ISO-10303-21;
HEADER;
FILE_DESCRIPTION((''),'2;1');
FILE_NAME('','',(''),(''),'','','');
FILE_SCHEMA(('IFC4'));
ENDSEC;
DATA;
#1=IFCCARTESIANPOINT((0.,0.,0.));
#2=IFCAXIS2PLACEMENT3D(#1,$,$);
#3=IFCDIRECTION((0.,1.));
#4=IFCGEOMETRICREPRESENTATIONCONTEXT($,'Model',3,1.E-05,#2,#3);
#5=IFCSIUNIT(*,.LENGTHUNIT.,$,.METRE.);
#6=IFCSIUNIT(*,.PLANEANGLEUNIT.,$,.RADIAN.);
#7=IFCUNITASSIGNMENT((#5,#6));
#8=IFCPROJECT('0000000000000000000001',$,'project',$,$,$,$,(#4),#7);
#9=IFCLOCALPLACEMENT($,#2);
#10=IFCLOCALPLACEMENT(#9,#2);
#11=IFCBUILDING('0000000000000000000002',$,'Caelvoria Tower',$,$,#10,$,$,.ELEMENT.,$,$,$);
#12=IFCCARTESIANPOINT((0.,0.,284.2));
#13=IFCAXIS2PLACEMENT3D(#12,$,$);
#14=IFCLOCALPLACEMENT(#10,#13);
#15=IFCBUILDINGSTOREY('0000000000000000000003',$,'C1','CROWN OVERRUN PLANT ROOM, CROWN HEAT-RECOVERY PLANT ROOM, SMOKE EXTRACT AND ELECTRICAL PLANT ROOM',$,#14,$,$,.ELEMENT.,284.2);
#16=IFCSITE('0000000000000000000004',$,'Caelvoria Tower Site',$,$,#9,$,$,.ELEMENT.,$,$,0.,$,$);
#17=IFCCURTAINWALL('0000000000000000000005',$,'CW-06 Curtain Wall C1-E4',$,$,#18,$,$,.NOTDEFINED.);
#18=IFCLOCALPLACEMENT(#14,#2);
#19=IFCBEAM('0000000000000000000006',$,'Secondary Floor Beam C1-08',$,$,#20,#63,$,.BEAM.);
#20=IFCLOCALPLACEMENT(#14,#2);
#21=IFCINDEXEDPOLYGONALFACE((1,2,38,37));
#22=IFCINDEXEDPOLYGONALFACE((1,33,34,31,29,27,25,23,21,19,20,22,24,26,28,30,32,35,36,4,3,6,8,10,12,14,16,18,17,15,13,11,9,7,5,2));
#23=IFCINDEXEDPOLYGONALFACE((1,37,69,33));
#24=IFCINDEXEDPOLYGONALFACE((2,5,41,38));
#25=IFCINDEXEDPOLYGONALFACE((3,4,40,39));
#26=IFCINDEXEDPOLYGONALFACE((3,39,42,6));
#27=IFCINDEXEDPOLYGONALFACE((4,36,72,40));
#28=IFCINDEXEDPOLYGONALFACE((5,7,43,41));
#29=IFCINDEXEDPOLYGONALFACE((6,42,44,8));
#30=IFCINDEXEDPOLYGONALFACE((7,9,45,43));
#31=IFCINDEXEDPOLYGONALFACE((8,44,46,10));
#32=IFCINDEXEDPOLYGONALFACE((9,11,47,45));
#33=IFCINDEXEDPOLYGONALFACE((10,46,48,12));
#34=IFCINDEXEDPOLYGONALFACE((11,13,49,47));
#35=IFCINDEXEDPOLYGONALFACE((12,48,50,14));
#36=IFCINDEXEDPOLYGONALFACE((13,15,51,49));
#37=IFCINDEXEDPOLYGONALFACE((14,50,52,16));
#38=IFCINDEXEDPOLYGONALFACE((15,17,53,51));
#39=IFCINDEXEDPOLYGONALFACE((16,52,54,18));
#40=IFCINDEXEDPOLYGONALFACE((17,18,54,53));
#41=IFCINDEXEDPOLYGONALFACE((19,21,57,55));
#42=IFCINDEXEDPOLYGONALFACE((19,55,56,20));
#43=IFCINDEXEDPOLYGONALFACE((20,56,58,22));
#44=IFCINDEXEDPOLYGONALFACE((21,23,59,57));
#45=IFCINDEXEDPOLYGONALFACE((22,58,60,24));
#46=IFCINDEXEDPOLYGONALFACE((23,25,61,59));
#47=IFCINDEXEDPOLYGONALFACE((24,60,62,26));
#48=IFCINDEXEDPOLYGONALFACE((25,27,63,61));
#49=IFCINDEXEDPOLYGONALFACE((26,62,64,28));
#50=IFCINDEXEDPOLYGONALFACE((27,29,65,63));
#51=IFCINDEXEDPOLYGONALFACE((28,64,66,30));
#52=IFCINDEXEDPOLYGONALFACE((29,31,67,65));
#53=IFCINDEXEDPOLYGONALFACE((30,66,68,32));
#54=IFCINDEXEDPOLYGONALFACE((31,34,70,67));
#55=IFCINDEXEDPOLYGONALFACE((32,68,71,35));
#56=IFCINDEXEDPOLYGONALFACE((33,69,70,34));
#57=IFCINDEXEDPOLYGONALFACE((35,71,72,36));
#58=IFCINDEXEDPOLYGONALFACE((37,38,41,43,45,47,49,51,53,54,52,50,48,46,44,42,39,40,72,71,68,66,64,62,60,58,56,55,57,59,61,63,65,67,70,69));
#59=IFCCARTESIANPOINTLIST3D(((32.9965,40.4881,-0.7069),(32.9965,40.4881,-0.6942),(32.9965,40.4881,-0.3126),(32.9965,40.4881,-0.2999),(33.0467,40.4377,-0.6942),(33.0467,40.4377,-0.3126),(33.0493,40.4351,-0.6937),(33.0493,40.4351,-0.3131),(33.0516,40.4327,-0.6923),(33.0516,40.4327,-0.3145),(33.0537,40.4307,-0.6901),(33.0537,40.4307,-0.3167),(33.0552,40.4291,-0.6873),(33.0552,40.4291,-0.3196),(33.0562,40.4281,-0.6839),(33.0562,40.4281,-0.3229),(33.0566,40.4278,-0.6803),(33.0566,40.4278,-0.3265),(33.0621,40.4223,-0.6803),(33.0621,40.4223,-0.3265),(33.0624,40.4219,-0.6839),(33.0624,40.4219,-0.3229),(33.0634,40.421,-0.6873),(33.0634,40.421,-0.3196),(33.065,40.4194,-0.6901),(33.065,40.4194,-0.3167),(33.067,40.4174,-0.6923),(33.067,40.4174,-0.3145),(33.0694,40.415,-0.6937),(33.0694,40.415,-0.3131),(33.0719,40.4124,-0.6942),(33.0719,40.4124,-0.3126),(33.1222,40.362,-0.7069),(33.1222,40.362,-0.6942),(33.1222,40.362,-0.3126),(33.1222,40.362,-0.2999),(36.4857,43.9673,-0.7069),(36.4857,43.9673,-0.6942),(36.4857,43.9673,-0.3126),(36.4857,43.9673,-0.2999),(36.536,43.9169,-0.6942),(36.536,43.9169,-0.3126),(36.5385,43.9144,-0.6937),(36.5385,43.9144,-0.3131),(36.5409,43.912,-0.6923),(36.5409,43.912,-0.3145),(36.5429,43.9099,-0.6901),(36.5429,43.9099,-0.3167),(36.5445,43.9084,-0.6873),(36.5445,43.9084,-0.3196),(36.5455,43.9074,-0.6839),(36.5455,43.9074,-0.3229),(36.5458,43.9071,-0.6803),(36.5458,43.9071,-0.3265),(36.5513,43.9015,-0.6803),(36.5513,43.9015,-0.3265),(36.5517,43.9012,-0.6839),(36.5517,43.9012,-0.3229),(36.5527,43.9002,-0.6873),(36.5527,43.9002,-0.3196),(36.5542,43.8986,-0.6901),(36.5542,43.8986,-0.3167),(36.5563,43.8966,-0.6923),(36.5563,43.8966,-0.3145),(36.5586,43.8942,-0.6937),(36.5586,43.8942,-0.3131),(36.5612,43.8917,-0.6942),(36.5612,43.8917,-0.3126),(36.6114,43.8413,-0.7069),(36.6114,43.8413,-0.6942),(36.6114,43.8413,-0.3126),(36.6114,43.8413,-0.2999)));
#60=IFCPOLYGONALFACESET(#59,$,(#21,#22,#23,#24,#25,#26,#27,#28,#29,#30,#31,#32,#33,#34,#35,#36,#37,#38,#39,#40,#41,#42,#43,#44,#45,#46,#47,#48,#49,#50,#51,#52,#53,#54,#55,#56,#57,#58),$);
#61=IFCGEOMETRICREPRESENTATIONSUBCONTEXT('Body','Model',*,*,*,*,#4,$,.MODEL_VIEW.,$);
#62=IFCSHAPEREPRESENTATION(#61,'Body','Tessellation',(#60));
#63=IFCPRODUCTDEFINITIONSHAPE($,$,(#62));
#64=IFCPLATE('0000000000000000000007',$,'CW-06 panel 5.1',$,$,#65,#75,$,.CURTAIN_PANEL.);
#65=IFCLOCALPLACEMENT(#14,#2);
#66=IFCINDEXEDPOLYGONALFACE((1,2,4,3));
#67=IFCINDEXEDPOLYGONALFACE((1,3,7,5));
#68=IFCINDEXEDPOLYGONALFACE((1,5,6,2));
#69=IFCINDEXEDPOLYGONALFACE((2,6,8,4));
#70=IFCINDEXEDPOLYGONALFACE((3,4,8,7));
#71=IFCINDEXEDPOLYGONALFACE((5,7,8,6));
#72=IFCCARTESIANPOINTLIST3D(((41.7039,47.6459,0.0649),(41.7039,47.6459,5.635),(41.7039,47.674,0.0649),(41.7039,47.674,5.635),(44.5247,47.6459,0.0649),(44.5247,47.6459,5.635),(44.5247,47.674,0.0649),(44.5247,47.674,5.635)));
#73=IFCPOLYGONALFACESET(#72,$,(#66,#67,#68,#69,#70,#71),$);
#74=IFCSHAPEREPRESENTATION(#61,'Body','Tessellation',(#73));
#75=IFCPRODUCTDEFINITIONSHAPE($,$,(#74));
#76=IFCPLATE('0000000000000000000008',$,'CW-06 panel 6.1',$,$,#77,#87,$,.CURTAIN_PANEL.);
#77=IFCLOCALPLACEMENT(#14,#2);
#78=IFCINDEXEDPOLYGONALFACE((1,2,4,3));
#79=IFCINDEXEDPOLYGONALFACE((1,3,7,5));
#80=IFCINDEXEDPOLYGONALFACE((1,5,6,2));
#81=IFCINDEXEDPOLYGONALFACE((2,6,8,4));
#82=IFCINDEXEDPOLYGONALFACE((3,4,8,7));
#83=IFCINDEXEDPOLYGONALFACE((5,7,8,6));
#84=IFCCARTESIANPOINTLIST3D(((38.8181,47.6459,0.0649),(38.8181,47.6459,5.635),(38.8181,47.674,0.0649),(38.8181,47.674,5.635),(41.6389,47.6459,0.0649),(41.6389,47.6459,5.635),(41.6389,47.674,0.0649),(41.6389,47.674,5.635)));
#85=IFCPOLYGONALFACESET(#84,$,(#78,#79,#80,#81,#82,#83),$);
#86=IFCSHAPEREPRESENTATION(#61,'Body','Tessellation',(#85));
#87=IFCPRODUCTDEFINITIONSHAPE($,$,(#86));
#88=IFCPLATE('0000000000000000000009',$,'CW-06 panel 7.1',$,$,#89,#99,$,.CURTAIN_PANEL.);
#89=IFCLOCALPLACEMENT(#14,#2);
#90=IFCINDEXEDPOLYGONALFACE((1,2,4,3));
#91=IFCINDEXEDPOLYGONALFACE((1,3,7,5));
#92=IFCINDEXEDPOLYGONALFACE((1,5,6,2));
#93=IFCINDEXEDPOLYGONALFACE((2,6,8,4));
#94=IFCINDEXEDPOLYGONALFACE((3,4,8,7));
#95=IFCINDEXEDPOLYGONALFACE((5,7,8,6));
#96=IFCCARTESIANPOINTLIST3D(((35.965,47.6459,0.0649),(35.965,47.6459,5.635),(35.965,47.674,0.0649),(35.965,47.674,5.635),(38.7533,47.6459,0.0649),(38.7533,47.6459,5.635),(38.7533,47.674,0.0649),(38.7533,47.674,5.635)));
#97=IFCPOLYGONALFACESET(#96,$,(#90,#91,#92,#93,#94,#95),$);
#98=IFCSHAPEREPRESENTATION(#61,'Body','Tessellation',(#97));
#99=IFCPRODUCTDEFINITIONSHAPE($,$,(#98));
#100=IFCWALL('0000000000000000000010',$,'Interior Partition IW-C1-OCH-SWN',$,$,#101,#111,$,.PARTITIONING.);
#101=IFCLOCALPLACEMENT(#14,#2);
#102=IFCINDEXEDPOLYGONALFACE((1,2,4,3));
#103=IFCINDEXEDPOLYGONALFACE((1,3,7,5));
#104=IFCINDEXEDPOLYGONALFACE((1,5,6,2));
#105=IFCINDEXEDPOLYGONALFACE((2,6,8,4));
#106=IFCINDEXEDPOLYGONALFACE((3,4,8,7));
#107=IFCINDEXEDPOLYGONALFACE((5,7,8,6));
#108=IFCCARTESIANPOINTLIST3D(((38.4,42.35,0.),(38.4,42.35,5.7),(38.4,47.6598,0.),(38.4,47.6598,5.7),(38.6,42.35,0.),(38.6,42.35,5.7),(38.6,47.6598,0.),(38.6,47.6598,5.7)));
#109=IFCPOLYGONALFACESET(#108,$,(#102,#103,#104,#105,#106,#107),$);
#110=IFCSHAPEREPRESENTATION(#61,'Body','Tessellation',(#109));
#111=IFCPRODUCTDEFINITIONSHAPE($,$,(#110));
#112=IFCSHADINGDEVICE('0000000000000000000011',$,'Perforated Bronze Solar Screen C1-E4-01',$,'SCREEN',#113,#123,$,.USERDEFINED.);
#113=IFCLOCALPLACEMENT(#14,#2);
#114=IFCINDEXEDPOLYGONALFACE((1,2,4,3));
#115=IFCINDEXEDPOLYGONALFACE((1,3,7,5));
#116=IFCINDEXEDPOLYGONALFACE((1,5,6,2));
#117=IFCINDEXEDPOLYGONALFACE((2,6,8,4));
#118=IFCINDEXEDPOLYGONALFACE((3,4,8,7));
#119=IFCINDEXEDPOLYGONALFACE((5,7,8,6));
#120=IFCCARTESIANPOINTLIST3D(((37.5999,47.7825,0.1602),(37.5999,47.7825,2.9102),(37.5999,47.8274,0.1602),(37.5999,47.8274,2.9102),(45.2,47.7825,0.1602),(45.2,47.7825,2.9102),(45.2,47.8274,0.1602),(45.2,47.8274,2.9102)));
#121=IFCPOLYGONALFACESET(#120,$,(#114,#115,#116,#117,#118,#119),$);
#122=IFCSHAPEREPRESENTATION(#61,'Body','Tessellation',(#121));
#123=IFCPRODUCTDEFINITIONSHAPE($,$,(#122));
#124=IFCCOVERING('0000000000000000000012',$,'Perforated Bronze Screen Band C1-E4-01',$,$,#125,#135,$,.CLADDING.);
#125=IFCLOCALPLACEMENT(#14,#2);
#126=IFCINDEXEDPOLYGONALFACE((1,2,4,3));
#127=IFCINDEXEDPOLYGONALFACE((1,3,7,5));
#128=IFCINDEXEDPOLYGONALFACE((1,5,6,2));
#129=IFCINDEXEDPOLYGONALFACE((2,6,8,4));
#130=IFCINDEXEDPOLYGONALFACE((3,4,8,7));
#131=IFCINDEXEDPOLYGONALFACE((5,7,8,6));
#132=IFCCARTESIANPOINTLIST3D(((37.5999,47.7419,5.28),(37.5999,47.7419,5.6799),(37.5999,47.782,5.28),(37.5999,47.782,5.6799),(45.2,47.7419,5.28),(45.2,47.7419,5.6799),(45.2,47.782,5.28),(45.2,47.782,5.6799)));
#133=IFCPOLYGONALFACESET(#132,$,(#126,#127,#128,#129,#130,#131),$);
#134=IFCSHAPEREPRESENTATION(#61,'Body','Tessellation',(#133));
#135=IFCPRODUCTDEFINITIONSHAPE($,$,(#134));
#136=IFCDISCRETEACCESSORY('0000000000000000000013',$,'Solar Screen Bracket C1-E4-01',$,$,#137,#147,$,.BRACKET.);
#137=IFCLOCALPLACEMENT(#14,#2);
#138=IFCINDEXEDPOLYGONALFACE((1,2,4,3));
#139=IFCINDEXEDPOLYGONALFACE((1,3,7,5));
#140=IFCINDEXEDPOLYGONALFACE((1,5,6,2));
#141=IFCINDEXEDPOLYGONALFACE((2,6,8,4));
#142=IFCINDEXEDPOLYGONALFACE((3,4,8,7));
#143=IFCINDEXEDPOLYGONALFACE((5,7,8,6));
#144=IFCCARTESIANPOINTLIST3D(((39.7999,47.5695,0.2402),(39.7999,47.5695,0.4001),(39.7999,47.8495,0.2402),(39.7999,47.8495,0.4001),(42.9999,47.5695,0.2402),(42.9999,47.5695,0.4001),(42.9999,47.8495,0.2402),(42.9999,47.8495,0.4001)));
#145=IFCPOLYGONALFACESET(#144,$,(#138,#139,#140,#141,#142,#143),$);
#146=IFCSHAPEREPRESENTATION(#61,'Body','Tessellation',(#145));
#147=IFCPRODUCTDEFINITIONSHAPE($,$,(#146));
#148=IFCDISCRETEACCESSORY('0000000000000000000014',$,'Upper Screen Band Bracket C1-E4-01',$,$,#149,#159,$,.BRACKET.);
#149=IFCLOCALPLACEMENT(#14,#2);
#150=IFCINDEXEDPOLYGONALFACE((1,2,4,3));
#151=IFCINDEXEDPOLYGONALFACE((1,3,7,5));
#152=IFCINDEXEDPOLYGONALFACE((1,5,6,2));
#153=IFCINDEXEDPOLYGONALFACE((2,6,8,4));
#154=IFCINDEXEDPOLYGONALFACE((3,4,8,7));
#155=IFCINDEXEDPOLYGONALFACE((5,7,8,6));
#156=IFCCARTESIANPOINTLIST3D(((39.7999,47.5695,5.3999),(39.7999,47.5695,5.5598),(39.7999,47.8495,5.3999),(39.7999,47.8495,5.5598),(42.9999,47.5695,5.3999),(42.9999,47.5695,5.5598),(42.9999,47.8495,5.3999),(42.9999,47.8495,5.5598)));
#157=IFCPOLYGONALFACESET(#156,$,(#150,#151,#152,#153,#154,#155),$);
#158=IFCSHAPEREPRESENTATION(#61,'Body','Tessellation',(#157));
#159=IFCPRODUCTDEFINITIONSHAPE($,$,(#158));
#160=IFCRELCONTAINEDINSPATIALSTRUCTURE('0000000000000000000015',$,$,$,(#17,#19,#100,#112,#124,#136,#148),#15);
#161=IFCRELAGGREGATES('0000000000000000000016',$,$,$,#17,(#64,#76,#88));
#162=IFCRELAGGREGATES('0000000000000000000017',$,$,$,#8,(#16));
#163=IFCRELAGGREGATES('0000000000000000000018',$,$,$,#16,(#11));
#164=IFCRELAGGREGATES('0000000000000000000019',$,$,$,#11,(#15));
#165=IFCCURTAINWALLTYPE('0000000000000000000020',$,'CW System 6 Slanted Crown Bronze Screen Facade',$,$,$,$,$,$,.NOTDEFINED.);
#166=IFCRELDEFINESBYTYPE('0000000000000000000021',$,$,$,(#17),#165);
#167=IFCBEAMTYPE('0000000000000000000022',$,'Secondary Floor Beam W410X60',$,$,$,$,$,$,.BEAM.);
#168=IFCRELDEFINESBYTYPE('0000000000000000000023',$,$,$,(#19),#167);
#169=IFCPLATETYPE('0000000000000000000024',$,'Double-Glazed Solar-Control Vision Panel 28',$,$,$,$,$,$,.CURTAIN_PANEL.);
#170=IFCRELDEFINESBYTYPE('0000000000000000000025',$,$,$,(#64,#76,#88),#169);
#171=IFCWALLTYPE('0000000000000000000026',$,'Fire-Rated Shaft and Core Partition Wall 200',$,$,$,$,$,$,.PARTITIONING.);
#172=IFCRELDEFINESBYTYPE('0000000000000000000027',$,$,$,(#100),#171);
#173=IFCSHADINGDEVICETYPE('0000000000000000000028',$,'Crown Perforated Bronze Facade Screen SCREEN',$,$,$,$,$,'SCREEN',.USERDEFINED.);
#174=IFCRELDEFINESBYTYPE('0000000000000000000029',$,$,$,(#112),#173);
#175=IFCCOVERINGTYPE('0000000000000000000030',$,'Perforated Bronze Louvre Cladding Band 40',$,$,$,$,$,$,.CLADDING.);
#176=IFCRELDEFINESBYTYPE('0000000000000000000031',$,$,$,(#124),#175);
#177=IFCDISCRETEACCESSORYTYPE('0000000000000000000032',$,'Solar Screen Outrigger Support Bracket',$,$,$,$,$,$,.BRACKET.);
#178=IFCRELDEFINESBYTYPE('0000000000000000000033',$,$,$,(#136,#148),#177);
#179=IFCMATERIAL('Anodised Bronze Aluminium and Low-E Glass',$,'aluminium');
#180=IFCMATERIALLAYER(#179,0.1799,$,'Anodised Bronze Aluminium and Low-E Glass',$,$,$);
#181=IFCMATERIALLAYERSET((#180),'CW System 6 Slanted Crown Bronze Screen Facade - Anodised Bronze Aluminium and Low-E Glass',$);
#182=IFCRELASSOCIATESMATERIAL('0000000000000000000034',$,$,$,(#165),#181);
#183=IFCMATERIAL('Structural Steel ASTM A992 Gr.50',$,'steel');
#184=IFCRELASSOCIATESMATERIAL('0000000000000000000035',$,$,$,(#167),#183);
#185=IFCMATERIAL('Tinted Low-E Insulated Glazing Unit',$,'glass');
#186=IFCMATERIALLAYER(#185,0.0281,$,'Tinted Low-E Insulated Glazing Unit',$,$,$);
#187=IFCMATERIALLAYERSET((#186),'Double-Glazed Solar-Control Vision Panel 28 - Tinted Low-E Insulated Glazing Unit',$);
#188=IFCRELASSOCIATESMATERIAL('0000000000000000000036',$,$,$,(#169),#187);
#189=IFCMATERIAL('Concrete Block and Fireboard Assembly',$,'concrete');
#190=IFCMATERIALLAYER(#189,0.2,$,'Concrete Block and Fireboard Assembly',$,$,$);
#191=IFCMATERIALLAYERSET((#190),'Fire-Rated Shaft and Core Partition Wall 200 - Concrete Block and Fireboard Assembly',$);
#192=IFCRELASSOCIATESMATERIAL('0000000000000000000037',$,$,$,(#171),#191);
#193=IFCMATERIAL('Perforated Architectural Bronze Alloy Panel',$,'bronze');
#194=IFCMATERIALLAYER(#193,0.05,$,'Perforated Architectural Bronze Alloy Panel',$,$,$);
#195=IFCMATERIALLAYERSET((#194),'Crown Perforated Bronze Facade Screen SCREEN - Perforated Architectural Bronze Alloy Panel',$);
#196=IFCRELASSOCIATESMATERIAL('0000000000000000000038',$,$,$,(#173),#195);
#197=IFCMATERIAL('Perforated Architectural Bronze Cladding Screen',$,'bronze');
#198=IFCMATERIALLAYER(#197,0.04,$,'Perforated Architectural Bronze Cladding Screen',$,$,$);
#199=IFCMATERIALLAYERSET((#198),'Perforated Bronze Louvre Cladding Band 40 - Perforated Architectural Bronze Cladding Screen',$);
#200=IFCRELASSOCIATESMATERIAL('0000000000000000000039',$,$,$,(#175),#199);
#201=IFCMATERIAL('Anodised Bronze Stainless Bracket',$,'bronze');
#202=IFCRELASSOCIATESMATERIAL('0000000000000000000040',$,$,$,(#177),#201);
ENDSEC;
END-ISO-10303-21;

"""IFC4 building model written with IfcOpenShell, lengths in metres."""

from ifc_helpers import new_model, si_unit, direction, frame, frame_2d, origin, origin_2d, place, context, subcontext, project, spatial, rectangle, i_section, extrude, material, layer, layer_set, material_profile, profile_set, type_object, element, aggregate, save


model = new_model("IFC4")

# Units and contexts
model_context = context("Model", 3, precision=1e-05, world=origin(), true_north=direction((0.0, 1.0)))
body_context = subcontext(model_context, "Body", "Model", "MODEL_VIEW")
ifc_project = project(units=[si_unit("LENGTHUNIT", "METRE"), si_unit("PLANEANGLEUNIT", "RADIAN")], contexts=[model_context])

# Site, building, storey
site_placement = place(None, origin())
site = spatial("IfcSite", under=ifc_project, at=site_placement, Name="Caelvoria Tower Site", CompositionType="ELEMENT", RefElevation=0.0)
building_placement = place(site_placement, origin())
building = spatial("IfcBuilding", under=site, at=building_placement, Name="Caelvoria Tower", CompositionType="ELEMENT")
storey_placement = place(building_placement, frame((0.0, 0.0, 284.2)))
storey = spatial("IfcBuildingStorey", under=building, at=storey_placement, Name="C1", Description="CROWN OVERRUN PLANT ROOM, CROWN HEAT-RECOVERY PLANT ROOM, SMOKE EXTRACT AND ELECTRICAL PLANT ROOM", CompositionType="ELEMENT", Elevation=284.2)

# Curtain wall
ifc_material_1 = material(Name="Anodised Bronze Aluminium and Low-E Glass", Category="aluminium")
ifc_layer_1 = layer(ifc_material_1, 0.1799, Name="Anodised Bronze Aluminium and Low-E Glass")
ifc_layer_set_1 = layer_set([ifc_layer_1], Name="CW System 6 Slanted Crown Bronze Screen Facade - Anodised Bronze Aluminium and Low-E Glass")
curtain_wall_type = type_object("IfcCurtainWallType", Name="CW System 6 Slanted Crown Bronze Screen Facade", PredefinedType="NOTDEFINED", material=ifc_layer_set_1)
curtain_wall_1_placement = place(storey_placement, origin())
curtain_wall_1 = element("IfcCurtainWall", 1, at=curtain_wall_1_placement, inside=storey, type_object=curtain_wall_type, Name="CW-06 Curtain Wall C1-E4", PredefinedType="NOTDEFINED")

# Beam
ifc_material_2 = material(Name="Structural Steel ASTM A992 Gr.50", Category="steel")
ifc_material_profile_1 = material_profile(ifc_material_2, i_section(OverallWidth=0.178, OverallDepth=0.407, WebThickness=0.0078, FlangeThickness=0.0127, FilletRadius=0.0139, at=origin_2d()), Name="Structural Steel ASTM A992 Gr.50")
ifc_profile_set_1 = profile_set([ifc_material_profile_1], Name="W410X60 - Structural Steel ASTM A992 Gr.50")
beam_type = type_object("IfcBeamType", Name="Secondary Floor Beam W410X60", PredefinedType="BEAM", material=ifc_profile_set_1)
beam_placement = place(storey_placement, frame((36.5486, 43.9043, -0.5034), z_axis=(-0.708122, -0.70609, 0.0), x_axis=(0.70609, -0.708122, 0.0)))
element("IfcBeam", 2, at=beam_placement, inside=storey, type_object=beam_type, Name="Secondary Floor Beam C1-08", PredefinedType="BEAM", context=body_context, shape_type="SweptSolid", body=[
    extrude(i_section(OverallWidth=0.178, OverallDepth=0.407, WebThickness=0.0078, FlangeThickness=0.0127, FilletRadius=0.0139, at=origin_2d()), origin(), (0.0, 0.0, 1.0), 4.9275),
])

# Plates
ifc_material_3 = material(Name="Tinted Low-E Insulated Glazing Unit", Category="glass")
ifc_layer_2 = layer(ifc_material_3, 0.0281, Name="Tinted Low-E Insulated Glazing Unit")
ifc_layer_set_2 = layer_set([ifc_layer_2], Name="Double-Glazed Solar-Control Vision Panel 28 - Tinted Low-E Insulated Glazing Unit")
plate_type = type_object("IfcPlateType", Name="Double-Glazed Solar-Control Vision Panel 28", PredefinedType="CURTAIN_PANEL", material=ifc_layer_set_2)
plate_1_placement = place(storey_placement, frame((43.1143, 47.6599, 0.0649), z_axis=(0.0, 0.0, 1.0), x_axis=(-1.0, 0.0, 0.0)))
plate_1 = element("IfcPlate", 3, at=plate_1_placement, type_object=plate_type, Name="CW-06 panel 5.1", PredefinedType="CURTAIN_PANEL", context=body_context, shape_type="SweptSolid", body=[
    extrude(rectangle(XDim=2.8208, YDim=0.0281, at=origin_2d()), origin(), (0.0, 0.0, 1.0), 5.5701),
])
plate_2_placement = place(storey_placement, frame((40.2285, 47.6599, 0.0649), z_axis=(0.0, 0.0, 1.0), x_axis=(-1.0, 0.0, 0.0)))
plate_2 = element("IfcPlate", 4, at=plate_2_placement, type_object=plate_type, Name="CW-06 panel 6.1", PredefinedType="CURTAIN_PANEL", context=body_context, shape_type="SweptSolid", body=[
    extrude(rectangle(XDim=2.8208, YDim=0.0281, at=origin_2d()), origin(), (0.0, 0.0, 1.0), 5.5701),
])
plate_3_placement = place(storey_placement, frame((37.3591, 47.6599, 0.0649), z_axis=(0.0, 0.0, 1.0), x_axis=(-1.0, 0.0, 0.0)))
plate_3 = element("IfcPlate", 5, at=plate_3_placement, type_object=plate_type, Name="CW-06 panel 7.1", PredefinedType="CURTAIN_PANEL", context=body_context, shape_type="SweptSolid", body=[
    extrude(rectangle(XDim=2.7883, YDim=0.0281, at=origin_2d()), origin(), (0.0, 0.0, 1.0), 5.5701),
])
aggregate(curtain_wall_1, [plate_1, plate_2, plate_3])

# Wall
ifc_material_4 = material(Name="Concrete Block and Fireboard Assembly", Category="concrete")
ifc_layer_3 = layer(ifc_material_4, 0.2, Name="Concrete Block and Fireboard Assembly")
ifc_layer_set_3 = layer_set([ifc_layer_3], Name="Fire-Rated Shaft and Core Partition Wall 200 - Concrete Block and Fireboard Assembly")
wall_type = type_object("IfcWallType", Name="Fire-Rated Shaft and Core Partition Wall 200", PredefinedType="PARTITIONING", material=ifc_layer_set_3)
wall_placement = place(storey_placement, frame((38.5, 42.3501, 0.0), z_axis=(0.0, 0.0, 1.0), x_axis=(0.0, 1.0, 0.0)))
element("IfcWall", 6, at=wall_placement, inside=storey, type_object=wall_type, Name="Interior Partition IW-C1-OCH-SWN", PredefinedType="PARTITIONING", context=body_context, shape_type="SweptSolid", body=[
    extrude(rectangle(XDim=5.3098, YDim=0.2, at=frame_2d((2.6548, 0.0))), origin(), (0.0, 0.0, 1.0), 5.7),
])

# Shading device
ifc_material_5 = material(Name="Perforated Architectural Bronze Alloy Panel", Category="bronze")
ifc_layer_4 = layer(ifc_material_5, 0.05, Name="Perforated Architectural Bronze Alloy Panel")
ifc_layer_set_4 = layer_set([ifc_layer_4], Name="Crown Perforated Bronze Facade Screen SCREEN - Perforated Architectural Bronze Alloy Panel")
shading_device_type = type_object("IfcShadingDeviceType", Name="Crown Perforated Bronze Facade Screen SCREEN", ElementType="SCREEN", PredefinedType="USERDEFINED", material=ifc_layer_set_4)
shading_device_placement = place(storey_placement, frame((41.3999, 47.8049, 0.1602), z_axis=(0.0, 0.0, 1.0), x_axis=(-1.0, 0.0, 0.0)))
element("IfcShadingDevice", 7, at=shading_device_placement, inside=storey, type_object=shading_device_type, Name="Perforated Bronze Solar Screen C1-E4-01", ObjectType="SCREEN", PredefinedType="USERDEFINED", context=body_context, shape_type="SweptSolid", body=[
    extrude(rectangle(XDim=7.6001, YDim=0.0449, at=origin_2d()), origin(), (0.0, 0.0, 1.0), 2.75),
])

# Covering
ifc_material_6 = material(Name="Perforated Architectural Bronze Cladding Screen", Category="bronze")
ifc_layer_5 = layer(ifc_material_6, 0.04, Name="Perforated Architectural Bronze Cladding Screen")
ifc_layer_set_5 = layer_set([ifc_layer_5], Name="Perforated Bronze Louvre Cladding Band 40 - Perforated Architectural Bronze Cladding Screen")
covering_type = type_object("IfcCoveringType", Name="Perforated Bronze Louvre Cladding Band 40", PredefinedType="CLADDING", material=ifc_layer_set_5)
covering_placement = place(storey_placement, frame((41.3999, 47.762, 5.28), z_axis=(0.0, 0.0, 1.0), x_axis=(-1.0, 0.0, 0.0)))
element("IfcCovering", 8, at=covering_placement, inside=storey, type_object=covering_type, Name="Perforated Bronze Screen Band C1-E4-01", PredefinedType="CLADDING", context=body_context, shape_type="SweptSolid", body=[
    extrude(rectangle(XDim=7.6001, YDim=0.04, at=origin_2d()), origin(), (0.0, 0.0, 1.0), 0.3999),
])

# Discrete accessories
ifc_material_7 = material(Name="Anodised Bronze Stainless Bracket", Category="bronze")
discrete_accessory_type = type_object("IfcDiscreteAccessoryType", Name="Solar Screen Outrigger Support Bracket", PredefinedType="BRACKET", material=ifc_material_7)
for number, where, z_axis, x_axis, name in (
    (9, (41.3999, 47.7095, 0.2402), (0.0, 0.0, 1.0), (-1.0, 0.0, 0.0), "Solar Screen Bracket C1-E4-01"),
    (10, (41.3999, 47.7095, 5.3999), (0.0, 0.0, 1.0), (-1.0, 0.0, 0.0), "Upper Screen Band Bracket C1-E4-01"),
):
    element("IfcDiscreteAccessory", number, at=place(storey_placement, frame(where, z_axis=z_axis, x_axis=x_axis)), inside=storey, type_object=discrete_accessory_type, Name=name, PredefinedType="BRACKET", context=body_context, shape_type="SweptSolid", body=[
        extrude(rectangle(XDim=3.2, YDim=0.28, at=origin_2d()), origin(), (0.0, 0.0, 1.0), 0.1599),
    ])

save(model, "model.ifc")
